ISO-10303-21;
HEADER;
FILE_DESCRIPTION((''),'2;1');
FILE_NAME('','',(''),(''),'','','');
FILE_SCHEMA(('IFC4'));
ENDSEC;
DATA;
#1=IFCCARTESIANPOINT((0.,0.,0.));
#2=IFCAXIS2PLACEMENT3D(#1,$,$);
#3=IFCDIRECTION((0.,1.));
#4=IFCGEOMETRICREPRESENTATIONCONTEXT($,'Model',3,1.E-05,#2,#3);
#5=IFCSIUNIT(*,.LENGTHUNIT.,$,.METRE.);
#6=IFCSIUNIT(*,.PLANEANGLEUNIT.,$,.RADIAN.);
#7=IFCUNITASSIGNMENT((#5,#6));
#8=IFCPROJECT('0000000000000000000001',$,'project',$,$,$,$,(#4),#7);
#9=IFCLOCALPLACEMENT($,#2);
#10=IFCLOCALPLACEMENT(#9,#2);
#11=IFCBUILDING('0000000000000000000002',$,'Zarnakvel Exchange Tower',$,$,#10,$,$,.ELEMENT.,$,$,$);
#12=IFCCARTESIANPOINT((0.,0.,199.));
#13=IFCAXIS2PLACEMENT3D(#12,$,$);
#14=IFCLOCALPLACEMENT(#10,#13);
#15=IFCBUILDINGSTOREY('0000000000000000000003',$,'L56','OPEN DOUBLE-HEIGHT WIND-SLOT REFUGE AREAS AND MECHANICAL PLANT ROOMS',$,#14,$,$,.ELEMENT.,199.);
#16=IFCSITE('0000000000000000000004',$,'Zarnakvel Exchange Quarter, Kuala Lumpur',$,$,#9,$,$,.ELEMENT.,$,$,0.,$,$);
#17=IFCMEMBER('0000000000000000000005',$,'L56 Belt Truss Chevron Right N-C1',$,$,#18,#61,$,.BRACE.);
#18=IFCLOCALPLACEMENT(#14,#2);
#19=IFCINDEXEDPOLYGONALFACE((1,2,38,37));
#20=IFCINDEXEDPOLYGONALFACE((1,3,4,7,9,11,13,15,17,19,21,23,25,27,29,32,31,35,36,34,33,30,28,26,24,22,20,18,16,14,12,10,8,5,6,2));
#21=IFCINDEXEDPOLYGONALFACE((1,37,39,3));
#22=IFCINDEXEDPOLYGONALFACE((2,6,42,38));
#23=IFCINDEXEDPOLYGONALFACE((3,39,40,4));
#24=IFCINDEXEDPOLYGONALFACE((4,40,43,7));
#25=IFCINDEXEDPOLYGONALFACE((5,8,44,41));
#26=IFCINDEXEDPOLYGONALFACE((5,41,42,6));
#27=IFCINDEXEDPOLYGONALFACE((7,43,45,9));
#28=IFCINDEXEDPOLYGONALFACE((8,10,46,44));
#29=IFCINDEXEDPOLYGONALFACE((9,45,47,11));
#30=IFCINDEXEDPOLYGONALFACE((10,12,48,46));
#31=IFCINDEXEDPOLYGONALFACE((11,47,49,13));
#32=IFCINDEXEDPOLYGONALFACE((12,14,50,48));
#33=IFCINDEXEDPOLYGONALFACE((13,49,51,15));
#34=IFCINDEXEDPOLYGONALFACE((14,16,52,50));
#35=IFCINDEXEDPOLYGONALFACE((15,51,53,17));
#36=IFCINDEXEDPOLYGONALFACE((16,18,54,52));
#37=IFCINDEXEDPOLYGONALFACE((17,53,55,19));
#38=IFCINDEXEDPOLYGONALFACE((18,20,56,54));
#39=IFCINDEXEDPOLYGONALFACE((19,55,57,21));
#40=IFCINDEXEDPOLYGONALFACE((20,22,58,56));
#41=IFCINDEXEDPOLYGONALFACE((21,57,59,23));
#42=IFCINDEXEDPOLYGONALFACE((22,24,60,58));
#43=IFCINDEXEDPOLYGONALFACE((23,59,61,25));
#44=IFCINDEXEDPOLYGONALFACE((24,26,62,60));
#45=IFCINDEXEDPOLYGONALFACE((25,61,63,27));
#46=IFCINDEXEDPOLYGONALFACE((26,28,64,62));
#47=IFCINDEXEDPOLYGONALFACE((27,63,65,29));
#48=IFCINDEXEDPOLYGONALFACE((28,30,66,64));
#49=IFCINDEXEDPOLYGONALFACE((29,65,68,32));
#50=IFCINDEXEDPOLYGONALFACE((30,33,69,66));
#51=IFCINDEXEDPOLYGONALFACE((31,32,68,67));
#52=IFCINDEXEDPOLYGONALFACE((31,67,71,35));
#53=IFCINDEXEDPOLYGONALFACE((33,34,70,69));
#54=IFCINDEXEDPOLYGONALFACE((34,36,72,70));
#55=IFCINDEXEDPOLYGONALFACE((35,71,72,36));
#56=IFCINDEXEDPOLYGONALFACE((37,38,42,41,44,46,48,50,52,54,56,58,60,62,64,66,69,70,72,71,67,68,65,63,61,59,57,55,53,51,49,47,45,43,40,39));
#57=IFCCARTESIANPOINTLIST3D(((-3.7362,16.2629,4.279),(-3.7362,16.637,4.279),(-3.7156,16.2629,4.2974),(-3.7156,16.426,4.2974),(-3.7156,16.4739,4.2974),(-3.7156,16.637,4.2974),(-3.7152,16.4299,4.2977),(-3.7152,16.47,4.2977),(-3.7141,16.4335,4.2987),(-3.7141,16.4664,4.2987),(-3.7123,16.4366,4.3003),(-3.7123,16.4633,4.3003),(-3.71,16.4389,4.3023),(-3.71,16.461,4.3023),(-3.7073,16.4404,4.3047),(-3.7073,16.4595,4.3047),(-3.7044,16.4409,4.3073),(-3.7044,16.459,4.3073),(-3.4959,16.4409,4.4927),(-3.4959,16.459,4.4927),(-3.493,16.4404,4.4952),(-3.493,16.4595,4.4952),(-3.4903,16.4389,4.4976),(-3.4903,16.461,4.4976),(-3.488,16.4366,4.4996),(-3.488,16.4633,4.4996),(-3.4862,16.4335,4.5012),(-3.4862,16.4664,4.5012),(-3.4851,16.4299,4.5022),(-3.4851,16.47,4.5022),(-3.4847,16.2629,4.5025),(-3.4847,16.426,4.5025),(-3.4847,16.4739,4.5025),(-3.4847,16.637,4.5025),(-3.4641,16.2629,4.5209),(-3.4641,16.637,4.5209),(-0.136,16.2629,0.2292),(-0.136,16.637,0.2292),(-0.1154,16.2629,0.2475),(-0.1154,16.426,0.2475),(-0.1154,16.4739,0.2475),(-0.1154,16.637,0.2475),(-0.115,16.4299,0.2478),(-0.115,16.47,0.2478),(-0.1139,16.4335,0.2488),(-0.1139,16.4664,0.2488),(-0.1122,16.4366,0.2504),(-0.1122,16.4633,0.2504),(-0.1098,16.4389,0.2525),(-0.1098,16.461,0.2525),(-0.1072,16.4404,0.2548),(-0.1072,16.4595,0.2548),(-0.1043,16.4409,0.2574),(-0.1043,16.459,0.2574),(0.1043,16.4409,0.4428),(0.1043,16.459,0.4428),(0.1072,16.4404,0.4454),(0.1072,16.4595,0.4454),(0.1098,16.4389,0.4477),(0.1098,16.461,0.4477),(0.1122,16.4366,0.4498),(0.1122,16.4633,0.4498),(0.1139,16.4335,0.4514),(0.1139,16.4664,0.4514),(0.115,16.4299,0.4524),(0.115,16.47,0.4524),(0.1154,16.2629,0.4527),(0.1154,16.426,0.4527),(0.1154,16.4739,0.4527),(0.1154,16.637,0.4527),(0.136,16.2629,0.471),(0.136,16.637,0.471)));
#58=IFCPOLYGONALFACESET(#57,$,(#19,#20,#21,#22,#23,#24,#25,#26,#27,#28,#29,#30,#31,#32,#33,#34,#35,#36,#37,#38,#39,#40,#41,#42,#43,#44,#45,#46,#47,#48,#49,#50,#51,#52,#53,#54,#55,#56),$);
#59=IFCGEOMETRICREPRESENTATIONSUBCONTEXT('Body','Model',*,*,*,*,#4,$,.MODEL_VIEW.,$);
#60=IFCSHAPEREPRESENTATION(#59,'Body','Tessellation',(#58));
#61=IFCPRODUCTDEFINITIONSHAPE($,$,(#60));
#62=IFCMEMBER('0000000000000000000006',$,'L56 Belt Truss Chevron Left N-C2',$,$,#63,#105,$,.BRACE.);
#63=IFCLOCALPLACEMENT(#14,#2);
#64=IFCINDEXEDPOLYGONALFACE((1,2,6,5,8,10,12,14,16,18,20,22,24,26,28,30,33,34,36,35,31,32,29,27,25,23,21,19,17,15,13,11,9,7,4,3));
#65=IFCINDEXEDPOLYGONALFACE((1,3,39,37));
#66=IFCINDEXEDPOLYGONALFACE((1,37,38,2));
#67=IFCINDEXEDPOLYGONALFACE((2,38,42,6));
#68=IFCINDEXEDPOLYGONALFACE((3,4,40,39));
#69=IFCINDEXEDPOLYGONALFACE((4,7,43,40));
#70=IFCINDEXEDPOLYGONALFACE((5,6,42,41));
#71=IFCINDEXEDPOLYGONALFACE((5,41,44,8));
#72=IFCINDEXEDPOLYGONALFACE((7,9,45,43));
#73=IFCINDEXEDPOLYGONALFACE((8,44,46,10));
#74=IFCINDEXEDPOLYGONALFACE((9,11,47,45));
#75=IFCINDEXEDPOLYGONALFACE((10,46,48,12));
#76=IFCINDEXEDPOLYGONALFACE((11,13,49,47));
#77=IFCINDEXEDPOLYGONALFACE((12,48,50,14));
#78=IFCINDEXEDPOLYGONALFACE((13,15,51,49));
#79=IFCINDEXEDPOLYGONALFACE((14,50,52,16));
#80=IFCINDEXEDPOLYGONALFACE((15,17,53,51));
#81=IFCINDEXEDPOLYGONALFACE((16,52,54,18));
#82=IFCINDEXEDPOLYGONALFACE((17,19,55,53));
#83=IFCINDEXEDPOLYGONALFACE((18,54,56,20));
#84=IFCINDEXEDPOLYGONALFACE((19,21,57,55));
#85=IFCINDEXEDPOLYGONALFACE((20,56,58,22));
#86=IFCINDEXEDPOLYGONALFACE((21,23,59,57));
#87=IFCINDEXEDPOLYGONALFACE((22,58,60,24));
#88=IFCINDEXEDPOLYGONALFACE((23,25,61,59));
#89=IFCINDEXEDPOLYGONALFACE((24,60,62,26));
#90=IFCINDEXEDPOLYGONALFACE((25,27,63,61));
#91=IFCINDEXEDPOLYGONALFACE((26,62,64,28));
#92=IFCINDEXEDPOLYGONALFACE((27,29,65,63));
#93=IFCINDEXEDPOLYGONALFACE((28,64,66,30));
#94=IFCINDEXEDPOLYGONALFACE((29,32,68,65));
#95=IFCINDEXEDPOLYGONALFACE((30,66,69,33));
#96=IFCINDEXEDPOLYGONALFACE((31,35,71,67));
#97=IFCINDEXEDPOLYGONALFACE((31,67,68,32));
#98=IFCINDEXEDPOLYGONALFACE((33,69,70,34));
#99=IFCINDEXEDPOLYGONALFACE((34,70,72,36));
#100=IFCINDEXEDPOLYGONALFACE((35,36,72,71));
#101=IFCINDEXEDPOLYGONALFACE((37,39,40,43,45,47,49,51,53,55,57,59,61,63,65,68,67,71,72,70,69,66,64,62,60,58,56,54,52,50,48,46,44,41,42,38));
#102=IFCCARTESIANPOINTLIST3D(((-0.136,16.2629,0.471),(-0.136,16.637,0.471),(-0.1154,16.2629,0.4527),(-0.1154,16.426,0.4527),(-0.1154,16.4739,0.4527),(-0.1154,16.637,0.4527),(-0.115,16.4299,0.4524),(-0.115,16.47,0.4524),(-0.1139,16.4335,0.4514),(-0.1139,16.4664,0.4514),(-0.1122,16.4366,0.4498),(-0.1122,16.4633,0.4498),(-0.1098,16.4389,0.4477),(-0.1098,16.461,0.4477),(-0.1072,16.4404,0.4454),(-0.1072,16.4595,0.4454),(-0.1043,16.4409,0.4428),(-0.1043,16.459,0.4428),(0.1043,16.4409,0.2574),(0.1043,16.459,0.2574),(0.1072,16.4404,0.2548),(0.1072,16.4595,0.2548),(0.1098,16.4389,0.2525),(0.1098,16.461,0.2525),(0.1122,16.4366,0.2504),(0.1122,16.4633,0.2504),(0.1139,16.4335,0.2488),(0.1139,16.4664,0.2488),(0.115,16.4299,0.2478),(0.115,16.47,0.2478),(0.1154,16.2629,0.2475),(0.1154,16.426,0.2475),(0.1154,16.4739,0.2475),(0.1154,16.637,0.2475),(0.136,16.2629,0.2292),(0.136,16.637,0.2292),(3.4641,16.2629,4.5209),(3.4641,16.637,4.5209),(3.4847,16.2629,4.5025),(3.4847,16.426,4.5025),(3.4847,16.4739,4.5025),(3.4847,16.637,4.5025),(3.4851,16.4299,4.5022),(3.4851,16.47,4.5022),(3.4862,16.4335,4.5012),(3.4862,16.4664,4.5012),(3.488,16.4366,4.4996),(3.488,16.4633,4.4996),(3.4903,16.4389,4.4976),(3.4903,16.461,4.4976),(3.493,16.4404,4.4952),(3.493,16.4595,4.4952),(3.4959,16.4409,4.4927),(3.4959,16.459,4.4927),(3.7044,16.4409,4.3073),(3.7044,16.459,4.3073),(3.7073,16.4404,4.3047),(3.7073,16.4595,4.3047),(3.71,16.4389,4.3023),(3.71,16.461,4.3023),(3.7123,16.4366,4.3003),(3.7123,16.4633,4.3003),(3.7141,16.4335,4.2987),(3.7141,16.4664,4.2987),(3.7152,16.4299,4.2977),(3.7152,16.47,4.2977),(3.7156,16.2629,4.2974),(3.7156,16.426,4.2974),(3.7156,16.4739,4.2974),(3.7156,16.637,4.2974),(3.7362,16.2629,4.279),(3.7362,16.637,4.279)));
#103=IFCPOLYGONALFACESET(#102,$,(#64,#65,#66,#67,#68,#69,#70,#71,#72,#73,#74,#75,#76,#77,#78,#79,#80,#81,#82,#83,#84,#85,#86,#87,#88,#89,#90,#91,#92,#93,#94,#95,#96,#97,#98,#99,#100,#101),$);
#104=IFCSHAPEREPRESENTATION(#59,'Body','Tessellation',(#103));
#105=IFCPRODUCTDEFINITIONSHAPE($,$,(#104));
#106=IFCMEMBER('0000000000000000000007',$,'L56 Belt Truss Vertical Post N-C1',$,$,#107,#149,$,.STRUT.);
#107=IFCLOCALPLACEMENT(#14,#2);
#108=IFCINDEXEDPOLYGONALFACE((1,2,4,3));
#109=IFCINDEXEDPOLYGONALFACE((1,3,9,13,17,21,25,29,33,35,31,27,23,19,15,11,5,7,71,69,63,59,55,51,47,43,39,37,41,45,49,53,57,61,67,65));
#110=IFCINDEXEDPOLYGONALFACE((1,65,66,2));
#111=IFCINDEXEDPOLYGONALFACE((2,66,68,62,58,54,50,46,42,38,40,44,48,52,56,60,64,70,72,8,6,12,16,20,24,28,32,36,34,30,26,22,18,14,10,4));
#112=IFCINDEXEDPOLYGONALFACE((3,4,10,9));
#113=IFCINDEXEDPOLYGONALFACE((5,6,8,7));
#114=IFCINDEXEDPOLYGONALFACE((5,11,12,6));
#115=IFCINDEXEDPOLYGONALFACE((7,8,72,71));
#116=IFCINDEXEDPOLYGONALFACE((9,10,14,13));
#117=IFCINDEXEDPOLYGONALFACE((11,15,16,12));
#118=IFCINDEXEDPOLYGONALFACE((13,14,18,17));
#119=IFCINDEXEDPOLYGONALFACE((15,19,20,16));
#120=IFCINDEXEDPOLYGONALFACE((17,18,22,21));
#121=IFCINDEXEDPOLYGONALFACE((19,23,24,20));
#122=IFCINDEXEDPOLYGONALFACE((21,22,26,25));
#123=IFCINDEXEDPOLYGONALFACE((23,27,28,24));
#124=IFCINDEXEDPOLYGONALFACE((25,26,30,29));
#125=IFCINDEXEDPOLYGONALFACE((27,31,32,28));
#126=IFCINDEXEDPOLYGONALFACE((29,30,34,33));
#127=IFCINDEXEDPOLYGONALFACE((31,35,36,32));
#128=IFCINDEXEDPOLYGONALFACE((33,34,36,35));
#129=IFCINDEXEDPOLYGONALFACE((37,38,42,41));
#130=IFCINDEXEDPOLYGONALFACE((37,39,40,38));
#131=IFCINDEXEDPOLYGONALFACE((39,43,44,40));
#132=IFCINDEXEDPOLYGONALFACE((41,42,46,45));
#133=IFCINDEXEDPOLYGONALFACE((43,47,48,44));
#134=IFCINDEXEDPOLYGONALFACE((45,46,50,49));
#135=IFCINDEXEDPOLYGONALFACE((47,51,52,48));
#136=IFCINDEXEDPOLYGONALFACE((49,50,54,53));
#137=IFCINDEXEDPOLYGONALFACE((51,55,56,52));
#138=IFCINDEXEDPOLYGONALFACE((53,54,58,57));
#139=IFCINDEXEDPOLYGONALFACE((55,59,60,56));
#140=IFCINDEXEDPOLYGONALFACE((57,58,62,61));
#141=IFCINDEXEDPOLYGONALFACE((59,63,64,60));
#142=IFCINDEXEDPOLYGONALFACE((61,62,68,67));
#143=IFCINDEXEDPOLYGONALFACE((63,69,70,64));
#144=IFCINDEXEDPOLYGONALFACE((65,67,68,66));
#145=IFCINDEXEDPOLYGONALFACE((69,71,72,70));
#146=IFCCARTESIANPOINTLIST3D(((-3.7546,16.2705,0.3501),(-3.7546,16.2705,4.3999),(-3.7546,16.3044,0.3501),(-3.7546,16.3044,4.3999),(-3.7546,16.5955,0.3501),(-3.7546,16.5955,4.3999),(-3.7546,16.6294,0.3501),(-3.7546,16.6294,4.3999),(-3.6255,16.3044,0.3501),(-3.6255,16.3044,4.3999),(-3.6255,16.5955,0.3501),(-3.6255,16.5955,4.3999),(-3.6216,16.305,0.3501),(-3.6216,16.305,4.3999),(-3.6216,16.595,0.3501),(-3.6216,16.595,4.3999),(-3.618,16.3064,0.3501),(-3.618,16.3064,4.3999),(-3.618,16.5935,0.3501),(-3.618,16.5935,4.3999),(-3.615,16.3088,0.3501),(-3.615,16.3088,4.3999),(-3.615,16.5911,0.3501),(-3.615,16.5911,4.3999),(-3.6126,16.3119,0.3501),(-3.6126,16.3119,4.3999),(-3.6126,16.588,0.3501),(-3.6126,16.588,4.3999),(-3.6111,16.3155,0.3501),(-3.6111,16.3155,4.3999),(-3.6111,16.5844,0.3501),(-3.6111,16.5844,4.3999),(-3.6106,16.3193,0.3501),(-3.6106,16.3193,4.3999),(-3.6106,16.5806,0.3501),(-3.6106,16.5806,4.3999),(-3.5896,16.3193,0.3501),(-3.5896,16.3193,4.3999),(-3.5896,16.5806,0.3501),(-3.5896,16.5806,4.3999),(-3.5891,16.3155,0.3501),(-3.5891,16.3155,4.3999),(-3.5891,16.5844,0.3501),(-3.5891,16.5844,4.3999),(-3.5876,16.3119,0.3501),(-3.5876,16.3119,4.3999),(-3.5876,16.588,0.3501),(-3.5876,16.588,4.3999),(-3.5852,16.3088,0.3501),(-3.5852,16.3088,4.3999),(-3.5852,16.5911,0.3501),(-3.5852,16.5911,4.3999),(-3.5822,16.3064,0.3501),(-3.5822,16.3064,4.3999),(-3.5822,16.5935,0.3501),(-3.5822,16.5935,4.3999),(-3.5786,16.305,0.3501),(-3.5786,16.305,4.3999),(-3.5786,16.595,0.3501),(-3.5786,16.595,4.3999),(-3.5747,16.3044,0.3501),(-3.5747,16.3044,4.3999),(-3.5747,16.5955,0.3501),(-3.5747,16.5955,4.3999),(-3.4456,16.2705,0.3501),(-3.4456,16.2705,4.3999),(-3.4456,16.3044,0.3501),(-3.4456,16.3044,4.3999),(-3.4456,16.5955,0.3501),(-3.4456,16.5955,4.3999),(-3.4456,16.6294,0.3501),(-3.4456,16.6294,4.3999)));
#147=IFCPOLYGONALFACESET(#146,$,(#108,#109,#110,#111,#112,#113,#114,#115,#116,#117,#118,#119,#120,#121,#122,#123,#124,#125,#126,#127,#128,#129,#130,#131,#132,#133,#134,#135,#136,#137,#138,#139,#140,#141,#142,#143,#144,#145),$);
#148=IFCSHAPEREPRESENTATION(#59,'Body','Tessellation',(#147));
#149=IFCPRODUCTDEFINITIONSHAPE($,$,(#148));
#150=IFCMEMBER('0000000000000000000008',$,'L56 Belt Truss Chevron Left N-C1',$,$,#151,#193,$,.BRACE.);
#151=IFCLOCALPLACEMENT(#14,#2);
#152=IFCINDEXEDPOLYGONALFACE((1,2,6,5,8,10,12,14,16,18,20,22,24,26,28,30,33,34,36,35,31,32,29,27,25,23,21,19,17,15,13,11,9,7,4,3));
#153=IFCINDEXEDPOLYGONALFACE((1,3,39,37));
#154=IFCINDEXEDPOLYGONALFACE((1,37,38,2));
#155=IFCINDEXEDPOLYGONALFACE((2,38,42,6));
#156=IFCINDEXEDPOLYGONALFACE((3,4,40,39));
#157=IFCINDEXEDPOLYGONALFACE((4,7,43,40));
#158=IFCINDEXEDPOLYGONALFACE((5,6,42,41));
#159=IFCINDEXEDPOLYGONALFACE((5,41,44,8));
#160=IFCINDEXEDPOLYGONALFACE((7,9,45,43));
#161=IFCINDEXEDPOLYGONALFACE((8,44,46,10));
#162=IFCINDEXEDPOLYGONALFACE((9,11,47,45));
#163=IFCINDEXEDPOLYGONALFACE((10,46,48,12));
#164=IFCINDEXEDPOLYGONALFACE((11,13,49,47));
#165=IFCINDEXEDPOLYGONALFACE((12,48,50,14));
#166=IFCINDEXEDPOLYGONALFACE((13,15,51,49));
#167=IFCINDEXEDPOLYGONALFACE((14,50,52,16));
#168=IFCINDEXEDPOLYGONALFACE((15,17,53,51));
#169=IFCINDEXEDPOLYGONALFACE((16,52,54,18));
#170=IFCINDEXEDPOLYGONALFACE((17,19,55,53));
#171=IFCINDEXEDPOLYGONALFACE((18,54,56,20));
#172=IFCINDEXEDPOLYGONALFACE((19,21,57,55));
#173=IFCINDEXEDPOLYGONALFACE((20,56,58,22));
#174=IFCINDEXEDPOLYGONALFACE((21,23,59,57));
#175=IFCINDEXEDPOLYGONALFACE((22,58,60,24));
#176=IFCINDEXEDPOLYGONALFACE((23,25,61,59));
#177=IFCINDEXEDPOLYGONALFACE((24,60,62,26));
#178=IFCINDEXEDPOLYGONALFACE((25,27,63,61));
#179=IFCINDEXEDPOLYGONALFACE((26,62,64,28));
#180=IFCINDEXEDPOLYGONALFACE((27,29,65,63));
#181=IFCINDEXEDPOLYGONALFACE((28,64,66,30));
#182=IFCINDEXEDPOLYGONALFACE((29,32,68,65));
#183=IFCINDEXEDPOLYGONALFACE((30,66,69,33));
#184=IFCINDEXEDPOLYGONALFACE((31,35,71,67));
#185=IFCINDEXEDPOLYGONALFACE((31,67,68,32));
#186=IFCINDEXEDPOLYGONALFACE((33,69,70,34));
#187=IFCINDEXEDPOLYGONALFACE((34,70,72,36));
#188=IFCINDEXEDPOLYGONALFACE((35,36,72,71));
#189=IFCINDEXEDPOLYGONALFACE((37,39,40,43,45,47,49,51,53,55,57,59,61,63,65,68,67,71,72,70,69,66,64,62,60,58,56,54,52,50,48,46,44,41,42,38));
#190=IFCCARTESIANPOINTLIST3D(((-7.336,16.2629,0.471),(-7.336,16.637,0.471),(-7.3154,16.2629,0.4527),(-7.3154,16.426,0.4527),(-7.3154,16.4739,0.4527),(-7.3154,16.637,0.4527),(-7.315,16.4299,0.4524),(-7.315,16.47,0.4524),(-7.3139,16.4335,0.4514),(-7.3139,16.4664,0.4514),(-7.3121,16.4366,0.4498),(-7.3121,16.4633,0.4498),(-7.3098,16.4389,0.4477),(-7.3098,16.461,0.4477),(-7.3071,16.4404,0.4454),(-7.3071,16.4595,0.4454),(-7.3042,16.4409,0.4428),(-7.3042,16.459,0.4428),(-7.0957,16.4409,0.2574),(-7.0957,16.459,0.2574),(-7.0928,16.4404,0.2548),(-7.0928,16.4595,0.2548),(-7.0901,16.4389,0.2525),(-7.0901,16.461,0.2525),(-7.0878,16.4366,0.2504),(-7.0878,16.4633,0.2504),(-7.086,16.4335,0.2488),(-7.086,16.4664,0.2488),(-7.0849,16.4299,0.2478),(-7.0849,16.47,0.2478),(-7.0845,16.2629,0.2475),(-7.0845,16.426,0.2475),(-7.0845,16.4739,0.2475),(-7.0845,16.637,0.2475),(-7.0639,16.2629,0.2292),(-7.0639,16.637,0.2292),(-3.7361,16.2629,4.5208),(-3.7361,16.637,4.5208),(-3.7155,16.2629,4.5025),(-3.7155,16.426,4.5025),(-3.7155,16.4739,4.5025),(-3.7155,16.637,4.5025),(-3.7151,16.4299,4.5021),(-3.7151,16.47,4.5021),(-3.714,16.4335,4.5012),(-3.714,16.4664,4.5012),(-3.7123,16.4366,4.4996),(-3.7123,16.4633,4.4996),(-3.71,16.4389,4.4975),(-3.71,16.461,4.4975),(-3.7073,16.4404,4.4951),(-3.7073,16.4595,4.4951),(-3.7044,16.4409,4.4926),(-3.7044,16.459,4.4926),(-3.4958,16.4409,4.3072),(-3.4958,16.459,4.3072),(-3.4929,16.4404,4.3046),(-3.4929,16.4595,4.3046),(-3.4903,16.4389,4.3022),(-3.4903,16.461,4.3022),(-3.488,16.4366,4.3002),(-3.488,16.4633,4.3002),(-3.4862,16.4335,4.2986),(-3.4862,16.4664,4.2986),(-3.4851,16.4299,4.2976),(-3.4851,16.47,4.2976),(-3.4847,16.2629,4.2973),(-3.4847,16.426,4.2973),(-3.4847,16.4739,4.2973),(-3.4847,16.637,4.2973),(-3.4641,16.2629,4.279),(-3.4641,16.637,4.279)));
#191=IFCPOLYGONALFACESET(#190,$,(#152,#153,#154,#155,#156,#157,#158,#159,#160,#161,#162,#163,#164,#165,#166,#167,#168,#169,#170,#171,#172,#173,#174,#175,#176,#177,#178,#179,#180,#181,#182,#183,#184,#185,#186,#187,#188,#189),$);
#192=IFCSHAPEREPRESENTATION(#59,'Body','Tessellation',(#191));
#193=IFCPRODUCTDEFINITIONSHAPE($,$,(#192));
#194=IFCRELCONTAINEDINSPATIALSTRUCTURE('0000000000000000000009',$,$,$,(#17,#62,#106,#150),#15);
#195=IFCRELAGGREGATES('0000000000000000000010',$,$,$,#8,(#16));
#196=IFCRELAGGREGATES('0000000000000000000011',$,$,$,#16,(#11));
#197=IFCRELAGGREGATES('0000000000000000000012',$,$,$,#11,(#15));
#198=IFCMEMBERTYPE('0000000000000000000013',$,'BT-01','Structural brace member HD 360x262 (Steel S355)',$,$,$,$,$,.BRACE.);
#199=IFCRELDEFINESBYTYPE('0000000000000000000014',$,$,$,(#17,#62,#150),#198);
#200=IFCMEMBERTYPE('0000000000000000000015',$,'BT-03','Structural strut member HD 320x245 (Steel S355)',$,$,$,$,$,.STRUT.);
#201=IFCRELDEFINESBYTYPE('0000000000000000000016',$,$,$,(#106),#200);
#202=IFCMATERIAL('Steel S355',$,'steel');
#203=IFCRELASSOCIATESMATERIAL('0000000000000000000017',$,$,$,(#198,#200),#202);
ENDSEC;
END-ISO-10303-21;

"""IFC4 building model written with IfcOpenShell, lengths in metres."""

from ifc_helpers import new_model, si_unit, direction, frame, origin, origin_2d, place, context, subcontext, project, spatial, i_section, extrude, source, transform, mapped, material, material_profile, profile_set, type_object, element, save


model = new_model("IFC4")

# Units and contexts
model_context = context("Model", 3, precision=1e-05, world=origin(), true_north=direction((0.0, 1.0)))
body_context = subcontext(model_context, "Body", "Model", "MODEL_VIEW")
ifc_project = project(units=[si_unit("LENGTHUNIT", "METRE"), si_unit("PLANEANGLEUNIT", "RADIAN")], contexts=[model_context])

# Site, building, storey
site_placement = place(None, origin())
site = spatial("IfcSite", under=ifc_project, at=site_placement, Name="Zarnakvel Exchange Quarter, Kuala Lumpur", CompositionType="ELEMENT", RefElevation=0.0)
building_placement = place(site_placement, origin())
building = spatial("IfcBuilding", under=site, at=building_placement, Name="Zarnakvel Exchange Tower", CompositionType="ELEMENT")
storey_placement = place(building_placement, frame((0.0, 0.0, 199.0)))
storey = spatial("IfcBuildingStorey", under=building, at=storey_placement, Name="L56", Description="OPEN DOUBLE-HEIGHT WIND-SLOT REFUGE AREAS AND MECHANICAL PLANT ROOMS", CompositionType="ELEMENT", Elevation=199.0)

# Shared definitions
ifc_material_1 = material(Name="Steel S355", Category="steel")

# Members
ifc_material_profile_1 = material_profile(ifc_material_1, i_section(OverallWidth=0.374, OverallDepth=0.364, WebThickness=0.0181, FlangeThickness=0.0276, FilletRadius=0.0149, at=origin_2d()))
ifc_profile_set_1 = profile_set([ifc_material_profile_1], Name="Steel S355")
member_type_1 = type_object("IfcMemberType", Name="BT-01", Description="Structural brace member HD 360x262 (Steel S355)", PredefinedType="BRACE", material=ifc_profile_set_1)
shared_shape_1 = source(origin(), body_context, "Body", "SweptSolid", [
    extrude(i_section(OverallWidth=0.374, OverallDepth=0.364, WebThickness=0.0181, FlangeThickness=0.0276, FilletRadius=0.0149, at=origin_2d()), origin(), (0.0, 0.0, 1.0), 5.4187),
])
for number, where, z_axis, x_axis, name in (
    (1, (0.0, 16.45, 0.3501), (-0.664392, 0.0, 0.747384), (0.0, -1.0, 0.0), "L56 Belt Truss Chevron Right N-C1"),
    (2, (0.0, 16.45, 0.3501), (0.664392, 0.0, 0.747384), (0.0, 1.0, 0.0), "L56 Belt Truss Chevron Left N-C2"),
):
    element("IfcMember", number, at=place(storey_placement, frame(where, z_axis=z_axis, x_axis=x_axis)), inside=storey, type_object=member_type_1, Name=name, PredefinedType="BRACE", context=body_context, shape_type="MappedRepresentation", body=[
        mapped(shared_shape_1, transform((0.0, 0.0, 0.0), x_axis=(1.0, 0.0, 0.0), y_axis=(0.0, 1.0, 0.0), z_axis=(0.0, 0.0, 1.0), scale=1.0)),
    ])
ifc_material_profile_2 = material_profile(ifc_material_1, i_section(OverallWidth=0.3091, OverallDepth=0.3589, WebThickness=0.021, FlangeThickness=0.0339, FilletRadius=0.0149, at=origin_2d()))
ifc_profile_set_2 = profile_set([ifc_material_profile_2], Name="Steel S355")
member_type_2 = type_object("IfcMemberType", Name="BT-03", Description="Structural strut member HD 320x245 (Steel S355)", PredefinedType="STRUT", material=ifc_profile_set_2)
shared_shape_2 = source(origin(), body_context, "Body", "SweptSolid", [
    extrude(i_section(OverallWidth=0.3091, OverallDepth=0.3589, WebThickness=0.021, FlangeThickness=0.0339, FilletRadius=0.0149, at=origin_2d()), origin(), (0.0, 0.0, 1.0), 4.0498),
])
member_1_placement = place(storey_placement, frame((-3.6001, 16.45, 0.3501), z_axis=(0.0, 0.0, 1.0), x_axis=(1.0, 0.0, 0.0)))
element("IfcMember", 3, at=member_1_placement, inside=storey, type_object=member_type_2, Name="L56 Belt Truss Vertical Post N-C1", PredefinedType="STRUT", context=body_context, shape_type="MappedRepresentation", body=[
    mapped(shared_shape_2, transform((0.0, 0.0, 0.0), x_axis=(1.0, 0.0, 0.0), y_axis=(0.0, 1.0, 0.0), z_axis=(0.0, 0.0, 1.0), scale=1.0)),
])
shared_shape_3 = source(origin(), body_context, "Body", "SweptSolid", [
    extrude(i_section(OverallWidth=0.374, OverallDepth=0.364, WebThickness=0.0181, FlangeThickness=0.0276, FilletRadius=0.0149, at=origin_2d()), origin(), (0.0, 0.0, 1.0), 5.4185),
])
member_2_placement = place(storey_placement, frame((-7.2, 16.45, 0.3501), z_axis=(0.664367, 0.0, 0.747407), x_axis=(0.0, 1.0, 0.0)))
element("IfcMember", 4, at=member_2_placement, inside=storey, type_object=member_type_1, Name="L56 Belt Truss Chevron Left N-C1", PredefinedType="BRACE", context=body_context, shape_type="MappedRepresentation", body=[
    mapped(shared_shape_3, transform((0.0, 0.0, 0.0), x_axis=(1.0, 0.0, 0.0), y_axis=(0.0, 1.0, 0.0), z_axis=(0.0, 0.0, 1.0), scale=1.0)),
])

save(model, "model.ifc")
